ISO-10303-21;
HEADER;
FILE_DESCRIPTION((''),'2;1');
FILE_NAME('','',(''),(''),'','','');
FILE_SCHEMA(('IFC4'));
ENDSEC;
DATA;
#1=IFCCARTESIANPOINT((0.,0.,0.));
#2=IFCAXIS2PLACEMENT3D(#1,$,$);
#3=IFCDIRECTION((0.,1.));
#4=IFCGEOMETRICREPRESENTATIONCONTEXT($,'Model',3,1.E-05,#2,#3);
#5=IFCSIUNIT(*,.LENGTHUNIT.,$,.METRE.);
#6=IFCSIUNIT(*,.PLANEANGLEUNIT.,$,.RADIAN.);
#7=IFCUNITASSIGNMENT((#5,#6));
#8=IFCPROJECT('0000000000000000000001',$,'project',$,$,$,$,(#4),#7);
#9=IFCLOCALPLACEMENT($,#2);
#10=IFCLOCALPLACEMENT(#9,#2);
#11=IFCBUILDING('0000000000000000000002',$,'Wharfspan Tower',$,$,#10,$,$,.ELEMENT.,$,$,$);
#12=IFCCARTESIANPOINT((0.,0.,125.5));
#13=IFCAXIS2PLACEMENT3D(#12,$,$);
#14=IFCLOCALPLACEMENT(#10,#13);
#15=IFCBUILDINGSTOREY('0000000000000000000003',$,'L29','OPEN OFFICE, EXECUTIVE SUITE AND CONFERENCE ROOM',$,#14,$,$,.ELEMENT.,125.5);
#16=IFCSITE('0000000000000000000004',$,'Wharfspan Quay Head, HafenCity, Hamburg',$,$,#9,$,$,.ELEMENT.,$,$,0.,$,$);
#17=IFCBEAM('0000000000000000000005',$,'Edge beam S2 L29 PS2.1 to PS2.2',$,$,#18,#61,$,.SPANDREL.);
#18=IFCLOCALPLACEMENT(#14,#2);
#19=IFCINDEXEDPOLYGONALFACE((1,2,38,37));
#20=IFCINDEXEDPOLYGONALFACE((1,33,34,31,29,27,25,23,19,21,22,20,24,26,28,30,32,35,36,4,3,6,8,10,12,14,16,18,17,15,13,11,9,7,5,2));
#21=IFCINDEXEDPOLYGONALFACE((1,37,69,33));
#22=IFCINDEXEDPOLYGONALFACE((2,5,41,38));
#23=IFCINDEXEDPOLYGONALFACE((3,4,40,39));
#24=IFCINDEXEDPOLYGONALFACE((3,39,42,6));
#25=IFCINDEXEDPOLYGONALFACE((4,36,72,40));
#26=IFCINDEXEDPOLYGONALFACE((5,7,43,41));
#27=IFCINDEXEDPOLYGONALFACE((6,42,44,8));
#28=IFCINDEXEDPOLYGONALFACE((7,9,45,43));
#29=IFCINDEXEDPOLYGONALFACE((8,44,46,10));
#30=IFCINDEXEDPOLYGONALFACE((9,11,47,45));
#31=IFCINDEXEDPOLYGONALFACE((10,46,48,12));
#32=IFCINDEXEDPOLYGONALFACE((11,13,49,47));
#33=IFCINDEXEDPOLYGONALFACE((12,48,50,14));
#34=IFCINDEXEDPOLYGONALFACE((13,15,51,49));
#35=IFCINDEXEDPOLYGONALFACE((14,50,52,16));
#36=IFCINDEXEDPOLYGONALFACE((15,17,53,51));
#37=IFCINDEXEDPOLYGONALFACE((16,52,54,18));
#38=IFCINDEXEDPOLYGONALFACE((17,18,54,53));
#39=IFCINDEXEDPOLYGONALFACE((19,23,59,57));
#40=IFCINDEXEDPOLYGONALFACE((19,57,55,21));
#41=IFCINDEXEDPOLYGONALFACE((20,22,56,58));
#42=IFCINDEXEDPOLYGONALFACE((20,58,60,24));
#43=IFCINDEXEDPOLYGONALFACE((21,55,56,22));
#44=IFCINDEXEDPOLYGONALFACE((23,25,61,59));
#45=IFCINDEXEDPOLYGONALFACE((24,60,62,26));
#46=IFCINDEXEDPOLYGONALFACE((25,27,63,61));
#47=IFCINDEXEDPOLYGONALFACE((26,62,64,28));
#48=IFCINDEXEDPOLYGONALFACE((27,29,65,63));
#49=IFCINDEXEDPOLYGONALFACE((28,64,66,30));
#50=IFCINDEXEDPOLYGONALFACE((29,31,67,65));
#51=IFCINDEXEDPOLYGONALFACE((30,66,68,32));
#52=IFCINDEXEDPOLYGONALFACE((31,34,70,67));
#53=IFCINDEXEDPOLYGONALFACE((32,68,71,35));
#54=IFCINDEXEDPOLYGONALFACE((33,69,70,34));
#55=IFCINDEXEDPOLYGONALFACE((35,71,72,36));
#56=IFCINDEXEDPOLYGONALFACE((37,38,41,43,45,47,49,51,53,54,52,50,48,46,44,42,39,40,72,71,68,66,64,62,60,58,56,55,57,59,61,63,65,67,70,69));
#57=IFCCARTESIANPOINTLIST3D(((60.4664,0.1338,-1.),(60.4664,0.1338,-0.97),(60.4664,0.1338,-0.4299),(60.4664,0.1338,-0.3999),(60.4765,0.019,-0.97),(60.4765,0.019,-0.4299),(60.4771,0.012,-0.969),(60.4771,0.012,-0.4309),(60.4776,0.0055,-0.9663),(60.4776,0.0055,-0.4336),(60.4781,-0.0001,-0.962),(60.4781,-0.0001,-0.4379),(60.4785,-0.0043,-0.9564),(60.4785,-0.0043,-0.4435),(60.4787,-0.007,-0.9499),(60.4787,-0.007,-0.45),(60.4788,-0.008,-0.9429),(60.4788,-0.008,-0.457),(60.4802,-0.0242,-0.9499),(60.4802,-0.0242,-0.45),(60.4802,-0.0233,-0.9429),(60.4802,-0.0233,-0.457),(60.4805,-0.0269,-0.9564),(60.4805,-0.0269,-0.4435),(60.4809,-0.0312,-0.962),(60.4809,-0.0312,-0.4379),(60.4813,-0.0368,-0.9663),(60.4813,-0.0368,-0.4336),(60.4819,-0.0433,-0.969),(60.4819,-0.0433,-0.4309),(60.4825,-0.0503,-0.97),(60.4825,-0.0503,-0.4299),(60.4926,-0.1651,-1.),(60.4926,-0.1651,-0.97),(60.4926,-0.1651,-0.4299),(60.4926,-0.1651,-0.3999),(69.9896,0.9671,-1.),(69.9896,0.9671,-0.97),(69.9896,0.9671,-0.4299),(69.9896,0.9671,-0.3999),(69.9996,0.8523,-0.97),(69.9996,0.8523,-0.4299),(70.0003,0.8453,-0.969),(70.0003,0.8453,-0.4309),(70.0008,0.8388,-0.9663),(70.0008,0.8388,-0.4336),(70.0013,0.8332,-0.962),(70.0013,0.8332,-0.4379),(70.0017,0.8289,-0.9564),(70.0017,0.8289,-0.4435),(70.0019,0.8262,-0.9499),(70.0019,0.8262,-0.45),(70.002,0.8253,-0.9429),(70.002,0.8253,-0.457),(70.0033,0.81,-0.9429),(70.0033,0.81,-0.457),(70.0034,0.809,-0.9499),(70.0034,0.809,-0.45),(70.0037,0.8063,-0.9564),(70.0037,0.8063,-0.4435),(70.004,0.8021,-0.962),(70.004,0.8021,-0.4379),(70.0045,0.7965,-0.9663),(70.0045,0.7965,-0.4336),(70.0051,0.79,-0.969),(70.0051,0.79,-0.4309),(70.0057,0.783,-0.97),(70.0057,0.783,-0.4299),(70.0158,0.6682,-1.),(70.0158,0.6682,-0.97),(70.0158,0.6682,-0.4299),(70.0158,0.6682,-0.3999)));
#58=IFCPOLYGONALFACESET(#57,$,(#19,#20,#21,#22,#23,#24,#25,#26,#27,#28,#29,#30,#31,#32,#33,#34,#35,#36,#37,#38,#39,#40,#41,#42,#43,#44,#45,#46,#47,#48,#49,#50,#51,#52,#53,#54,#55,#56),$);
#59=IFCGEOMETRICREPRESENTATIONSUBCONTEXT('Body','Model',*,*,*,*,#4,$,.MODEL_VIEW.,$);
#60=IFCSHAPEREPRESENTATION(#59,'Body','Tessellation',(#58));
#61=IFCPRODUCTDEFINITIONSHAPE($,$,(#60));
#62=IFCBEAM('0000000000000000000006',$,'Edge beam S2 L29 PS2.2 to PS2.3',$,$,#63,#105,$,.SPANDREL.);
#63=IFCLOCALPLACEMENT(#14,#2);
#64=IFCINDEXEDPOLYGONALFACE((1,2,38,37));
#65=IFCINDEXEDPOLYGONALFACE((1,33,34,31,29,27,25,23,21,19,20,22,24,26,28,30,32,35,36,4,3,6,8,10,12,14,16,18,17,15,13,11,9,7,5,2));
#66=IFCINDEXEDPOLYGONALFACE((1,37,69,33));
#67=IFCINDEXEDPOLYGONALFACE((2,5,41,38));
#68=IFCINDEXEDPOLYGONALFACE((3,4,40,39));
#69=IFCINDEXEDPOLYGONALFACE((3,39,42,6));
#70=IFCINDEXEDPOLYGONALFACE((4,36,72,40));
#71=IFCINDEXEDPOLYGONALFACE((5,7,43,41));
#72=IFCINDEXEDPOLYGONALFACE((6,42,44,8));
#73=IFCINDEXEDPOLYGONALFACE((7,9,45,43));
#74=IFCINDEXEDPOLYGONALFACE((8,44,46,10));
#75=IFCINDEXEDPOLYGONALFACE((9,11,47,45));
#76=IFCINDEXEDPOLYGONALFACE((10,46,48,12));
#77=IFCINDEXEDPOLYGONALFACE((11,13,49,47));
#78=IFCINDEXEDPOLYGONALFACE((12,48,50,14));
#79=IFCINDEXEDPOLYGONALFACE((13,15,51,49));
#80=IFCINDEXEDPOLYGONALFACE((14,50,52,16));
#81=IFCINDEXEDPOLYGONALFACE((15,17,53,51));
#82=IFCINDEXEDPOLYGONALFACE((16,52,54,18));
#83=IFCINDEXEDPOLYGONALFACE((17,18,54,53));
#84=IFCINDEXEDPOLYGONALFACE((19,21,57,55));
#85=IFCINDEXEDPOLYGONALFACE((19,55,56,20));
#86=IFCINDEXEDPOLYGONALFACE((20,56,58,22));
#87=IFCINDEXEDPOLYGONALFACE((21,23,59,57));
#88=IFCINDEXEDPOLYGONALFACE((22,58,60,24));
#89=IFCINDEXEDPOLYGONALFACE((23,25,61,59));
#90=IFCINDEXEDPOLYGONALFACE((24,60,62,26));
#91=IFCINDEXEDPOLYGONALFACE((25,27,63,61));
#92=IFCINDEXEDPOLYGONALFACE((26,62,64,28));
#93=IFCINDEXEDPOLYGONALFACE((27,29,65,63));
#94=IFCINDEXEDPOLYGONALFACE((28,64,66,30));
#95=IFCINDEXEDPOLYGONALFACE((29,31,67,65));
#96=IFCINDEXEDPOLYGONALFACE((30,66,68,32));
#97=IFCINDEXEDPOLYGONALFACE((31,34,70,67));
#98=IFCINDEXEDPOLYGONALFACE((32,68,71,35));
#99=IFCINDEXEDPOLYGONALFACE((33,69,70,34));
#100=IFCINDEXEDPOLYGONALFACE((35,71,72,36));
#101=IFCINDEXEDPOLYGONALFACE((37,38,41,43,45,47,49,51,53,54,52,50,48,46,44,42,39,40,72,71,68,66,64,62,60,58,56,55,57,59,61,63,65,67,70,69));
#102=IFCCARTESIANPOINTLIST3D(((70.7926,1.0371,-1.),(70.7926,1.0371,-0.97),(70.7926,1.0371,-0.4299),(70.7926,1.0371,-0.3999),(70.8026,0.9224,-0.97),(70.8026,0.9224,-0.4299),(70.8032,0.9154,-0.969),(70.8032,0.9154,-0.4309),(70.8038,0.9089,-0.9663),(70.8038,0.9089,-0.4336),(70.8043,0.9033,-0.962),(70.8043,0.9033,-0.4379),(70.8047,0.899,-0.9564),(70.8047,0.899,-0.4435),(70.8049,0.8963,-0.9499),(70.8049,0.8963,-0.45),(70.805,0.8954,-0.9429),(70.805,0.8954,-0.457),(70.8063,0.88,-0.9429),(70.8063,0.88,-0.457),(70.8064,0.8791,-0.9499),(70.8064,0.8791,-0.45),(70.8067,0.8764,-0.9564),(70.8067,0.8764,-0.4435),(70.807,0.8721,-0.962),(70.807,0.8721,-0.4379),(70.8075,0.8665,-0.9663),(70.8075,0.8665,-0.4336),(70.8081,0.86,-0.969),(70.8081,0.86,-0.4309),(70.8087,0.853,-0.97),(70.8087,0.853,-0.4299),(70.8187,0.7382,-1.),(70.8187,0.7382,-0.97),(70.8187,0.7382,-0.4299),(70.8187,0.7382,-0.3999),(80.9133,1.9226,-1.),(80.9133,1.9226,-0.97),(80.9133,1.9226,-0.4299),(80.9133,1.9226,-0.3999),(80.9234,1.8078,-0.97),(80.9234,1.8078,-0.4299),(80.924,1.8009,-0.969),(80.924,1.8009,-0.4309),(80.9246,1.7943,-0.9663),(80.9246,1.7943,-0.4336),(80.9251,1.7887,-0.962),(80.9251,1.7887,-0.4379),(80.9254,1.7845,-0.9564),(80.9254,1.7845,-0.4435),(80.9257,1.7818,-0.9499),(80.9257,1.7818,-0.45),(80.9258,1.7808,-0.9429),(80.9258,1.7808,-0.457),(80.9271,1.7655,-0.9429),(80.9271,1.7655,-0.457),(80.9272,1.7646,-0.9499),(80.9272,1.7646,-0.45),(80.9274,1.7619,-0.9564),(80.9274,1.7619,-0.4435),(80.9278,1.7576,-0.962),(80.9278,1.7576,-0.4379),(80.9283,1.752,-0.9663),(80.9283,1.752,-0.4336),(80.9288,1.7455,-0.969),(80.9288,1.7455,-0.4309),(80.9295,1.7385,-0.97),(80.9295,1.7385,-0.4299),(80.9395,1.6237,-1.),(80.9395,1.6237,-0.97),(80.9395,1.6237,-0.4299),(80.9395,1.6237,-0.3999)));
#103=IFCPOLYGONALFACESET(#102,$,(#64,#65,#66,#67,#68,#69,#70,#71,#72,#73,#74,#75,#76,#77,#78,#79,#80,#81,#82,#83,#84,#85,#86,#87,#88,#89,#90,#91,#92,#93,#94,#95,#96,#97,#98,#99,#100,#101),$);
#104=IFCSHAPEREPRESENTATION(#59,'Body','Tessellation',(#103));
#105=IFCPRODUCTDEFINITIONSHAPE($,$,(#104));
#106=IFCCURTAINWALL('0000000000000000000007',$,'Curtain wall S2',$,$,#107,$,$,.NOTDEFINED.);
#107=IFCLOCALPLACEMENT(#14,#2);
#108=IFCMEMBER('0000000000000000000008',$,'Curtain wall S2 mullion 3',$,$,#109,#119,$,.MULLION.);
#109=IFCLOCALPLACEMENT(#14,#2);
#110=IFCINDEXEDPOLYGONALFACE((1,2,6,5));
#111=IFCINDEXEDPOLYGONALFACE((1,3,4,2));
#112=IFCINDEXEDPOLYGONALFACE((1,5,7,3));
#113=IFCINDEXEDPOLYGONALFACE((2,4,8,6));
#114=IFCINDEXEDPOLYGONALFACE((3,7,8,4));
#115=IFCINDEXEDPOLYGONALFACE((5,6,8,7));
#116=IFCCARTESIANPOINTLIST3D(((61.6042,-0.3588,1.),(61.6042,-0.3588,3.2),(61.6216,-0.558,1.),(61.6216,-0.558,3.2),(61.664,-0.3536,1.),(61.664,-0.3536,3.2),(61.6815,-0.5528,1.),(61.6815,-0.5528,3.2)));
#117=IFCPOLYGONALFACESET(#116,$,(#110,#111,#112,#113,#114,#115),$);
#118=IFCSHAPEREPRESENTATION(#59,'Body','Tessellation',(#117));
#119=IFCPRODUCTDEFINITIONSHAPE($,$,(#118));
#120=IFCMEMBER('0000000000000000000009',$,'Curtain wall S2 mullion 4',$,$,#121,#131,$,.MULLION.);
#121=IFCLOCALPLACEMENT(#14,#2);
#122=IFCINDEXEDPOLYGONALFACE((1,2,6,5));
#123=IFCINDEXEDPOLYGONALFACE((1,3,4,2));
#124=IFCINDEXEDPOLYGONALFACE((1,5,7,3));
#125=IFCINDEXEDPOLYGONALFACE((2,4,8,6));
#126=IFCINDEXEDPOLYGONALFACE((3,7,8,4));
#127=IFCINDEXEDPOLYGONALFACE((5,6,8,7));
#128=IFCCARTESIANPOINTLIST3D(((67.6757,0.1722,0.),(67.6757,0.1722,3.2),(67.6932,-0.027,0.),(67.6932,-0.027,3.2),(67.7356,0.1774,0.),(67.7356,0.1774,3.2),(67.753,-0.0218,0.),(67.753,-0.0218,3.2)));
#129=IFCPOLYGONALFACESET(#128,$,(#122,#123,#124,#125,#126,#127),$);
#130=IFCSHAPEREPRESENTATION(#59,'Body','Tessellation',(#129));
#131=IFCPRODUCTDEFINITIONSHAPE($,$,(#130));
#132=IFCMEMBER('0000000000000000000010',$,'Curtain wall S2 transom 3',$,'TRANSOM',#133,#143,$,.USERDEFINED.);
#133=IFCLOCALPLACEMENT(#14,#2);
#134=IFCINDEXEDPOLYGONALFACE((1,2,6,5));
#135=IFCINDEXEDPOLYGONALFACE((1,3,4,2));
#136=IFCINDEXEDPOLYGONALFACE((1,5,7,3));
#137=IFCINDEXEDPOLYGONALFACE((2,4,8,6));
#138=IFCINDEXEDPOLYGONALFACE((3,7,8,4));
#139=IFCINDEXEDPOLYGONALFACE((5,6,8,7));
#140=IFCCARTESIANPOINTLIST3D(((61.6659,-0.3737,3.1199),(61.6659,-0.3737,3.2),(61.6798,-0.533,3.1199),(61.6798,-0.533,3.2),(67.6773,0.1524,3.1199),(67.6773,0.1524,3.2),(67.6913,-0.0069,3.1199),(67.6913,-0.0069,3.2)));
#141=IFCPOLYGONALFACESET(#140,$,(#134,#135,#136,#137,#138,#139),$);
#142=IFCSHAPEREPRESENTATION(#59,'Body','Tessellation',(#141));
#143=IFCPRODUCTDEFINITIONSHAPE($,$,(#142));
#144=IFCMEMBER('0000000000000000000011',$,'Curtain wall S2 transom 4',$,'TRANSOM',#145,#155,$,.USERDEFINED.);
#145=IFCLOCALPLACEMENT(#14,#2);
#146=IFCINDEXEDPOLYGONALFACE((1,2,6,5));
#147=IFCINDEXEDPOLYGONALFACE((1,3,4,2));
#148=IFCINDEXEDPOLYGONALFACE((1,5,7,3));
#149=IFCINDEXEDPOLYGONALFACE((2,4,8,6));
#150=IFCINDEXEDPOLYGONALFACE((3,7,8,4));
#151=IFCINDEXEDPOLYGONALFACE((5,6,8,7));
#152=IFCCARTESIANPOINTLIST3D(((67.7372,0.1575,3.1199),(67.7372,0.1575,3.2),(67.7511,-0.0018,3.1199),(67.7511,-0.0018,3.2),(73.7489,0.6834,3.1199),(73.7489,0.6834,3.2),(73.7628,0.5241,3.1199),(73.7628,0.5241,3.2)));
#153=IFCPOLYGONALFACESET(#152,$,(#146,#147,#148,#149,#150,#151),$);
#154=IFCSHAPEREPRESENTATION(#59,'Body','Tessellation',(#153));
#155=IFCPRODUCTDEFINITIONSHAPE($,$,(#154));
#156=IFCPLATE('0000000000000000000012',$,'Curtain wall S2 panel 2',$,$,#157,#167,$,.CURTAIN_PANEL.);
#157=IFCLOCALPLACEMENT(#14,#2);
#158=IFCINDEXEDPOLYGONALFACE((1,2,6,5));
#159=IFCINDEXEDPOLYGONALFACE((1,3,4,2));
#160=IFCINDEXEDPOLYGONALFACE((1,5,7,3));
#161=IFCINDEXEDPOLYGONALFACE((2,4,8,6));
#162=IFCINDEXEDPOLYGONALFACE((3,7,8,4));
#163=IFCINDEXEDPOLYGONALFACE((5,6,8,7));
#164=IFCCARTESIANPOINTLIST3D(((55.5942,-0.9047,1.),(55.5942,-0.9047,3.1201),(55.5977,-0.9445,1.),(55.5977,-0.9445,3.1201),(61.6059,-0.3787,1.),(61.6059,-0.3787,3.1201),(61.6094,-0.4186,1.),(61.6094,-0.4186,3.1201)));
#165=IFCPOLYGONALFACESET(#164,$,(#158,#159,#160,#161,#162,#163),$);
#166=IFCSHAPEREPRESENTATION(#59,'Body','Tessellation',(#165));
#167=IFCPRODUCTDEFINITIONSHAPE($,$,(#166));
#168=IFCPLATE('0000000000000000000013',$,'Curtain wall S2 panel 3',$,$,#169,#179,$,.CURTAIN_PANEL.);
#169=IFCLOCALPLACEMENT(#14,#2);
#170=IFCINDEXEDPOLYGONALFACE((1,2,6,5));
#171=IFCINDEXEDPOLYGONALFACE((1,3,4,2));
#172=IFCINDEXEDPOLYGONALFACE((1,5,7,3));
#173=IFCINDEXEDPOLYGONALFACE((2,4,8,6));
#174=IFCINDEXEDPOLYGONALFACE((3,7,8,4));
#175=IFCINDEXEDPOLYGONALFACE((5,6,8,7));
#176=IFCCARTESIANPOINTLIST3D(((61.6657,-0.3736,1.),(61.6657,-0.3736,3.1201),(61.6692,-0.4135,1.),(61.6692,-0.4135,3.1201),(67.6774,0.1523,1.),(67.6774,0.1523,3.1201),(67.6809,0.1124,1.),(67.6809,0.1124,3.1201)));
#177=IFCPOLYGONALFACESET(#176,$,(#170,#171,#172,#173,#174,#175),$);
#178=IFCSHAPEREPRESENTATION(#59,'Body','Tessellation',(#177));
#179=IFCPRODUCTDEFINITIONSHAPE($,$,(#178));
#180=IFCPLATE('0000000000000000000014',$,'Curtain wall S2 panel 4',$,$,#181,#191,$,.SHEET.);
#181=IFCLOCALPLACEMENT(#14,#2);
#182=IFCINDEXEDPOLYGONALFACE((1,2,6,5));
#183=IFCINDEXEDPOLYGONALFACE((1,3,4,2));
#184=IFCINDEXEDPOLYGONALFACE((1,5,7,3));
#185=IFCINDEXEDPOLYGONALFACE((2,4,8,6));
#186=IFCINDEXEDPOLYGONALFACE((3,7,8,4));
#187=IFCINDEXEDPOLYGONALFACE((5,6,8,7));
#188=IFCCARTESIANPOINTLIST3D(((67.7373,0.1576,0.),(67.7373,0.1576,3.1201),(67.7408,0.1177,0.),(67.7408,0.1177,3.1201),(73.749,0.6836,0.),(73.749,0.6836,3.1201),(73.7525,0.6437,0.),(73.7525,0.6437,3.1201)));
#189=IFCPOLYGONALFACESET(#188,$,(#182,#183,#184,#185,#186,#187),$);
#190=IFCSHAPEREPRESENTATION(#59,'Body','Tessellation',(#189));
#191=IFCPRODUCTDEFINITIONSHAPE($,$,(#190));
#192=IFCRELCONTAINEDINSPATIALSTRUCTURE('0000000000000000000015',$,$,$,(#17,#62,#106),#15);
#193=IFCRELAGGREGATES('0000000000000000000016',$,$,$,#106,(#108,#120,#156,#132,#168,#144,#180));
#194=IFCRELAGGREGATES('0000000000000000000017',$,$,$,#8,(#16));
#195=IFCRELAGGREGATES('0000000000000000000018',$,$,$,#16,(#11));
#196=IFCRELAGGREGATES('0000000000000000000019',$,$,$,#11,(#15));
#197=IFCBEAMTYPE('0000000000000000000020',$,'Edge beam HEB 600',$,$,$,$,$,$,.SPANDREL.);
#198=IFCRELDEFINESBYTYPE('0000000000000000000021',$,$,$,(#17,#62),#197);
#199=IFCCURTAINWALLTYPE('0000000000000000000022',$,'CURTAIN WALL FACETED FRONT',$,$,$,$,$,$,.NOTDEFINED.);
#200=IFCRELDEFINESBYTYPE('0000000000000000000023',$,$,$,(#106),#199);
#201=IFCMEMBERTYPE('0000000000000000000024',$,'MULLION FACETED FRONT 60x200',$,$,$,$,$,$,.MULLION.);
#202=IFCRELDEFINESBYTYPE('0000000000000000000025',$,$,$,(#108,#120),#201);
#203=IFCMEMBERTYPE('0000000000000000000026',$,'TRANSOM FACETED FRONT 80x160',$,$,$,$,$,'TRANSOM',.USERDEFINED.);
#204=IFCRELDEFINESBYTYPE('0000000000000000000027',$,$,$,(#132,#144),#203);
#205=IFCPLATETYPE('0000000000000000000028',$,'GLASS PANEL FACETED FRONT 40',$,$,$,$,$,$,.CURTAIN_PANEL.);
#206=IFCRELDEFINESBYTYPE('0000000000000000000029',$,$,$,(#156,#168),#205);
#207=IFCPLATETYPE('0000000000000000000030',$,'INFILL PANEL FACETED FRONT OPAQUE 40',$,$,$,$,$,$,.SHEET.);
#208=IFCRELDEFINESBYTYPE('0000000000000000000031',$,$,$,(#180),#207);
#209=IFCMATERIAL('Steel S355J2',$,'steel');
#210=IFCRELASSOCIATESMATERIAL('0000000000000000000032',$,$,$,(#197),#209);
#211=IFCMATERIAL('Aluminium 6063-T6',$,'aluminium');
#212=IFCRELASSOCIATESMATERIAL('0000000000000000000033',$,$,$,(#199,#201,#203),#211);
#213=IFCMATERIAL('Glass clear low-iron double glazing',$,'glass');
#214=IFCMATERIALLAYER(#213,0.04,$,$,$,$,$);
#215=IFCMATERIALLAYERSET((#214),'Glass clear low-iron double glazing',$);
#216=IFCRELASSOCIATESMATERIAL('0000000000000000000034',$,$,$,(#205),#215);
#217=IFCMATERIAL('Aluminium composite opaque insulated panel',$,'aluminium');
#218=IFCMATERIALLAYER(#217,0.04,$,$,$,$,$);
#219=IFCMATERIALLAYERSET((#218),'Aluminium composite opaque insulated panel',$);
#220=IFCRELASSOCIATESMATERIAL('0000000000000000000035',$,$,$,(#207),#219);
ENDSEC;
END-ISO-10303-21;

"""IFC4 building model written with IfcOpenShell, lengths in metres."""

from ifc_helpers import new_model, si_unit, direction, frame, origin, origin_2d, place, context, subcontext, project, spatial, rectangle, i_section, extrude, material, layer, layer_set, material_profile, profile_set, type_object, element, aggregate, save


model = new_model("IFC4")

# Units and contexts
model_context = context("Model", 3, precision=1e-05, world=origin(), true_north=direction((0.0, 1.0)))
body_context = subcontext(model_context, "Body", "Model", "MODEL_VIEW")
ifc_project = project(units=[si_unit("LENGTHUNIT", "METRE"), si_unit("PLANEANGLEUNIT", "RADIAN")], contexts=[model_context])

# Site, building, storey
site_placement = place(None, origin())
site = spatial("IfcSite", under=ifc_project, at=site_placement, Name="Wharfspan Quay Head, HafenCity, Hamburg", CompositionType="ELEMENT", RefElevation=0.0)
building_placement = place(site_placement, origin())
building = spatial("IfcBuilding", under=site, at=building_placement, Name="Wharfspan Tower", CompositionType="ELEMENT")
storey_placement = place(building_placement, frame((0.0, 0.0, 125.5)))
storey = spatial("IfcBuildingStorey", under=building, at=storey_placement, Name="L29", Description="OPEN OFFICE, EXECUTIVE SUITE AND CONFERENCE ROOM", CompositionType="ELEMENT", Elevation=125.5)

# Shared definitions
ifc_material_1 = material(Name="Steel S355J2", Category="steel")

# Beams
ifc_material_profile_1 = material_profile(ifc_material_1, i_section(OverallWidth=0.3, OverallDepth=0.6001, WebThickness=0.0154, FlangeThickness=0.03, FilletRadius=0.0271, at=origin_2d()))
ifc_profile_set_1 = profile_set([ifc_material_profile_1], Name="Steel S355J2")
beam_type = type_object("IfcBeamType", Name="Edge beam HEB 600", PredefinedType="SPANDREL", material=ifc_profile_set_1)
beam_1_placement = place(storey_placement, frame((60.4795, -0.0156, -0.7), z_axis=(0.996194, 0.087164, 0.0), x_axis=(-0.087164, 0.996194, 0.0)))
element("IfcBeam", 1, at=beam_1_placement, inside=storey, type_object=beam_type, Name="Edge beam S2 L29 PS2.1 to PS2.2", PredefinedType="SPANDREL", context=body_context, shape_type="SweptSolid", body=[
    extrude(i_section(OverallWidth=0.3, OverallDepth=0.6001, WebThickness=0.0154, FlangeThickness=0.03, FilletRadius=0.0271, at=origin_2d()), origin(), (0.0, 0.0, 1.0), 9.5596),
])
beam_2_placement = place(storey_placement, frame((70.8057, 0.8877, -0.7), z_axis=(0.996194, 0.087159, 0.0), x_axis=(-0.087159, 0.996194, 0.0)))
element("IfcBeam", 2, at=beam_2_placement, inside=storey, type_object=beam_type, Name="Edge beam S2 L29 PS2.2 to PS2.3", PredefinedType="SPANDREL", context=body_context, shape_type="SweptSolid", body=[
    extrude(i_section(OverallWidth=0.3, OverallDepth=0.6001, WebThickness=0.0154, FlangeThickness=0.03, FilletRadius=0.0271, at=origin_2d()), origin(), (0.0, 0.0, 1.0), 10.1594),
])

# Curtain wall, members, plates
ifc_material_2 = material(Name="Aluminium 6063-T6", Category="aluminium")
curtain_wall_type = type_object("IfcCurtainWallType", Name="CURTAIN WALL FACETED FRONT", PredefinedType="NOTDEFINED", material=ifc_material_2)
curtain_wall_placement = place(storey_placement, origin())
curtain_wall = element("IfcCurtainWall", 3, at=curtain_wall_placement, inside=storey, type_object=curtain_wall_type, Name="Curtain wall S2", PredefinedType="NOTDEFINED")
ifc_material_profile_2 = material_profile(ifc_material_2, rectangle(XDim=0.2, YDim=0.0601, at=origin_2d()))
ifc_profile_set_2 = profile_set([ifc_material_profile_2], Name="Aluminium 6063-T6")
member_type_1 = type_object("IfcMemberType", Name="MULLION FACETED FRONT 60x200", PredefinedType="MULLION", material=ifc_profile_set_2)
member_1_placement = place(storey_placement, frame((61.6428, -0.4558, 1.0), z_axis=(0.0, 0.0, 1.0), x_axis=(-0.087156, 0.996198, 0.0)))
member_1 = element("IfcMember", 4, at=member_1_placement, type_object=member_type_1, Name="Curtain wall S2 mullion 3", PredefinedType="MULLION", context=body_context, shape_type="SweptSolid", body=[
    extrude(rectangle(XDim=0.2, YDim=0.0601, at=origin_2d()), origin(), (0.0, 0.0, 1.0), 2.2),
])
member_2_placement = place(storey_placement, frame((67.7144, 0.0752, 0.0), z_axis=(0.0, 0.0, 1.0), x_axis=(-0.087156, 0.996198, 0.0)))
member_2 = element("IfcMember", 5, at=member_2_placement, type_object=member_type_1, Name="Curtain wall S2 mullion 4", PredefinedType="MULLION", context=body_context, shape_type="SweptSolid", body=[
    extrude(rectangle(XDim=0.2, YDim=0.0601, at=origin_2d()), origin(), (0.0, 0.0, 1.0), 3.2),
])
ifc_material_profile_3 = material_profile(ifc_material_2, rectangle(XDim=0.1599, YDim=0.0801, at=origin_2d()))
ifc_profile_set_3 = profile_set([ifc_material_profile_3], Name="Aluminium 6063-T6")
member_type_2 = type_object("IfcMemberType", Name="TRANSOM FACETED FRONT 80x160", ElementType="TRANSOM", PredefinedType="USERDEFINED", material=ifc_profile_set_3)
member_3_placement = place(storey_placement, frame((61.6729, -0.4534, 3.1599), z_axis=(0.996192, 0.087187, 0.0), x_axis=(-0.087187, 0.996192, 0.0)))
member_3 = element("IfcMember", 6, at=member_3_placement, type_object=member_type_2, Name="Curtain wall S2 transom 3", ObjectType="TRANSOM", PredefinedType="USERDEFINED", context=body_context, shape_type="SweptSolid", body=[
    extrude(rectangle(XDim=0.1599, YDim=0.0801, at=origin_2d()), origin(), (0.0, 0.0, 1.0), 6.0344),
])
member_4_placement = place(storey_placement, frame((67.7441, 0.0779, 3.1599), z_axis=(0.996196, 0.087143, 0.0), x_axis=(-0.087143, 0.996196, 0.0)))
member_4 = element("IfcMember", 7, at=member_4_placement, type_object=member_type_2, Name="Curtain wall S2 transom 4", ObjectType="TRANSOM", PredefinedType="USERDEFINED", context=body_context, shape_type="SweptSolid", body=[
    extrude(rectangle(XDim=0.1599, YDim=0.0801, at=origin_2d()), origin(), (0.0, 0.0, 1.0), 6.0347),
])
ifc_material_3 = material(Name="Glass clear low-iron double glazing", Category="glass")
ifc_layer_1 = layer(ifc_material_3, 0.04)
ifc_layer_set_1 = layer_set([ifc_layer_1], Name="Glass clear low-iron double glazing")
plate_type_1 = type_object("IfcPlateType", Name="GLASS PANEL FACETED FRONT 40", PredefinedType="CURTAIN_PANEL", material=ifc_layer_set_1)
plate_1_placement = place(storey_placement, frame((58.6018, -0.6616, 1.0), z_axis=(0.0, 0.0, 1.0), x_axis=(0.996198, 0.087156, 0.0)))
plate_1 = element("IfcPlate", 8, at=plate_1_placement, type_object=plate_type_1, Name="Curtain wall S2 panel 2", PredefinedType="CURTAIN_PANEL", context=body_context, shape_type="SweptSolid", body=[
    extrude(rectangle(XDim=6.0347, YDim=0.04, at=origin_2d()), origin(), (0.0, 0.0, 1.0), 2.1201),
])
plate_2_placement = place(storey_placement, frame((64.6733, -0.1306, 1.0), z_axis=(0.0, 0.0, 1.0), x_axis=(0.996198, 0.087156, 0.0)))
plate_2 = element("IfcPlate", 9, at=plate_2_placement, type_object=plate_type_1, Name="Curtain wall S2 panel 3", PredefinedType="CURTAIN_PANEL", context=body_context, shape_type="SweptSolid", body=[
    extrude(rectangle(XDim=6.0347, YDim=0.04, at=origin_2d()), origin(), (0.0, 0.0, 1.0), 2.1201),
])
ifc_material_4 = material(Name="Aluminium composite opaque insulated panel", Category="aluminium")
ifc_layer_2 = layer(ifc_material_4, 0.04)
ifc_layer_set_2 = layer_set([ifc_layer_2], Name="Aluminium composite opaque insulated panel")
plate_type_2 = type_object("IfcPlateType", Name="INFILL PANEL FACETED FRONT OPAQUE 40", PredefinedType="SHEET", material=ifc_layer_set_2)
plate_3_placement = place(storey_placement, frame((70.7449, 0.4006, 0.0), z_axis=(0.0, 0.0, 1.0), x_axis=(0.996198, 0.087156, 0.0)))
plate_3 = element("IfcPlate", 10, at=plate_3_placement, type_object=plate_type_2, Name="Curtain wall S2 panel 4", PredefinedType="SHEET", context=body_context, shape_type="SweptSolid", body=[
    extrude(rectangle(XDim=6.0347, YDim=0.04, at=origin_2d()), origin(), (0.0, 0.0, 1.0), 3.1201),
])
aggregate(curtain_wall, [member_1, member_2, plate_1, member_3, plate_2, member_4, plate_3])

save(model, "model.ifc")
